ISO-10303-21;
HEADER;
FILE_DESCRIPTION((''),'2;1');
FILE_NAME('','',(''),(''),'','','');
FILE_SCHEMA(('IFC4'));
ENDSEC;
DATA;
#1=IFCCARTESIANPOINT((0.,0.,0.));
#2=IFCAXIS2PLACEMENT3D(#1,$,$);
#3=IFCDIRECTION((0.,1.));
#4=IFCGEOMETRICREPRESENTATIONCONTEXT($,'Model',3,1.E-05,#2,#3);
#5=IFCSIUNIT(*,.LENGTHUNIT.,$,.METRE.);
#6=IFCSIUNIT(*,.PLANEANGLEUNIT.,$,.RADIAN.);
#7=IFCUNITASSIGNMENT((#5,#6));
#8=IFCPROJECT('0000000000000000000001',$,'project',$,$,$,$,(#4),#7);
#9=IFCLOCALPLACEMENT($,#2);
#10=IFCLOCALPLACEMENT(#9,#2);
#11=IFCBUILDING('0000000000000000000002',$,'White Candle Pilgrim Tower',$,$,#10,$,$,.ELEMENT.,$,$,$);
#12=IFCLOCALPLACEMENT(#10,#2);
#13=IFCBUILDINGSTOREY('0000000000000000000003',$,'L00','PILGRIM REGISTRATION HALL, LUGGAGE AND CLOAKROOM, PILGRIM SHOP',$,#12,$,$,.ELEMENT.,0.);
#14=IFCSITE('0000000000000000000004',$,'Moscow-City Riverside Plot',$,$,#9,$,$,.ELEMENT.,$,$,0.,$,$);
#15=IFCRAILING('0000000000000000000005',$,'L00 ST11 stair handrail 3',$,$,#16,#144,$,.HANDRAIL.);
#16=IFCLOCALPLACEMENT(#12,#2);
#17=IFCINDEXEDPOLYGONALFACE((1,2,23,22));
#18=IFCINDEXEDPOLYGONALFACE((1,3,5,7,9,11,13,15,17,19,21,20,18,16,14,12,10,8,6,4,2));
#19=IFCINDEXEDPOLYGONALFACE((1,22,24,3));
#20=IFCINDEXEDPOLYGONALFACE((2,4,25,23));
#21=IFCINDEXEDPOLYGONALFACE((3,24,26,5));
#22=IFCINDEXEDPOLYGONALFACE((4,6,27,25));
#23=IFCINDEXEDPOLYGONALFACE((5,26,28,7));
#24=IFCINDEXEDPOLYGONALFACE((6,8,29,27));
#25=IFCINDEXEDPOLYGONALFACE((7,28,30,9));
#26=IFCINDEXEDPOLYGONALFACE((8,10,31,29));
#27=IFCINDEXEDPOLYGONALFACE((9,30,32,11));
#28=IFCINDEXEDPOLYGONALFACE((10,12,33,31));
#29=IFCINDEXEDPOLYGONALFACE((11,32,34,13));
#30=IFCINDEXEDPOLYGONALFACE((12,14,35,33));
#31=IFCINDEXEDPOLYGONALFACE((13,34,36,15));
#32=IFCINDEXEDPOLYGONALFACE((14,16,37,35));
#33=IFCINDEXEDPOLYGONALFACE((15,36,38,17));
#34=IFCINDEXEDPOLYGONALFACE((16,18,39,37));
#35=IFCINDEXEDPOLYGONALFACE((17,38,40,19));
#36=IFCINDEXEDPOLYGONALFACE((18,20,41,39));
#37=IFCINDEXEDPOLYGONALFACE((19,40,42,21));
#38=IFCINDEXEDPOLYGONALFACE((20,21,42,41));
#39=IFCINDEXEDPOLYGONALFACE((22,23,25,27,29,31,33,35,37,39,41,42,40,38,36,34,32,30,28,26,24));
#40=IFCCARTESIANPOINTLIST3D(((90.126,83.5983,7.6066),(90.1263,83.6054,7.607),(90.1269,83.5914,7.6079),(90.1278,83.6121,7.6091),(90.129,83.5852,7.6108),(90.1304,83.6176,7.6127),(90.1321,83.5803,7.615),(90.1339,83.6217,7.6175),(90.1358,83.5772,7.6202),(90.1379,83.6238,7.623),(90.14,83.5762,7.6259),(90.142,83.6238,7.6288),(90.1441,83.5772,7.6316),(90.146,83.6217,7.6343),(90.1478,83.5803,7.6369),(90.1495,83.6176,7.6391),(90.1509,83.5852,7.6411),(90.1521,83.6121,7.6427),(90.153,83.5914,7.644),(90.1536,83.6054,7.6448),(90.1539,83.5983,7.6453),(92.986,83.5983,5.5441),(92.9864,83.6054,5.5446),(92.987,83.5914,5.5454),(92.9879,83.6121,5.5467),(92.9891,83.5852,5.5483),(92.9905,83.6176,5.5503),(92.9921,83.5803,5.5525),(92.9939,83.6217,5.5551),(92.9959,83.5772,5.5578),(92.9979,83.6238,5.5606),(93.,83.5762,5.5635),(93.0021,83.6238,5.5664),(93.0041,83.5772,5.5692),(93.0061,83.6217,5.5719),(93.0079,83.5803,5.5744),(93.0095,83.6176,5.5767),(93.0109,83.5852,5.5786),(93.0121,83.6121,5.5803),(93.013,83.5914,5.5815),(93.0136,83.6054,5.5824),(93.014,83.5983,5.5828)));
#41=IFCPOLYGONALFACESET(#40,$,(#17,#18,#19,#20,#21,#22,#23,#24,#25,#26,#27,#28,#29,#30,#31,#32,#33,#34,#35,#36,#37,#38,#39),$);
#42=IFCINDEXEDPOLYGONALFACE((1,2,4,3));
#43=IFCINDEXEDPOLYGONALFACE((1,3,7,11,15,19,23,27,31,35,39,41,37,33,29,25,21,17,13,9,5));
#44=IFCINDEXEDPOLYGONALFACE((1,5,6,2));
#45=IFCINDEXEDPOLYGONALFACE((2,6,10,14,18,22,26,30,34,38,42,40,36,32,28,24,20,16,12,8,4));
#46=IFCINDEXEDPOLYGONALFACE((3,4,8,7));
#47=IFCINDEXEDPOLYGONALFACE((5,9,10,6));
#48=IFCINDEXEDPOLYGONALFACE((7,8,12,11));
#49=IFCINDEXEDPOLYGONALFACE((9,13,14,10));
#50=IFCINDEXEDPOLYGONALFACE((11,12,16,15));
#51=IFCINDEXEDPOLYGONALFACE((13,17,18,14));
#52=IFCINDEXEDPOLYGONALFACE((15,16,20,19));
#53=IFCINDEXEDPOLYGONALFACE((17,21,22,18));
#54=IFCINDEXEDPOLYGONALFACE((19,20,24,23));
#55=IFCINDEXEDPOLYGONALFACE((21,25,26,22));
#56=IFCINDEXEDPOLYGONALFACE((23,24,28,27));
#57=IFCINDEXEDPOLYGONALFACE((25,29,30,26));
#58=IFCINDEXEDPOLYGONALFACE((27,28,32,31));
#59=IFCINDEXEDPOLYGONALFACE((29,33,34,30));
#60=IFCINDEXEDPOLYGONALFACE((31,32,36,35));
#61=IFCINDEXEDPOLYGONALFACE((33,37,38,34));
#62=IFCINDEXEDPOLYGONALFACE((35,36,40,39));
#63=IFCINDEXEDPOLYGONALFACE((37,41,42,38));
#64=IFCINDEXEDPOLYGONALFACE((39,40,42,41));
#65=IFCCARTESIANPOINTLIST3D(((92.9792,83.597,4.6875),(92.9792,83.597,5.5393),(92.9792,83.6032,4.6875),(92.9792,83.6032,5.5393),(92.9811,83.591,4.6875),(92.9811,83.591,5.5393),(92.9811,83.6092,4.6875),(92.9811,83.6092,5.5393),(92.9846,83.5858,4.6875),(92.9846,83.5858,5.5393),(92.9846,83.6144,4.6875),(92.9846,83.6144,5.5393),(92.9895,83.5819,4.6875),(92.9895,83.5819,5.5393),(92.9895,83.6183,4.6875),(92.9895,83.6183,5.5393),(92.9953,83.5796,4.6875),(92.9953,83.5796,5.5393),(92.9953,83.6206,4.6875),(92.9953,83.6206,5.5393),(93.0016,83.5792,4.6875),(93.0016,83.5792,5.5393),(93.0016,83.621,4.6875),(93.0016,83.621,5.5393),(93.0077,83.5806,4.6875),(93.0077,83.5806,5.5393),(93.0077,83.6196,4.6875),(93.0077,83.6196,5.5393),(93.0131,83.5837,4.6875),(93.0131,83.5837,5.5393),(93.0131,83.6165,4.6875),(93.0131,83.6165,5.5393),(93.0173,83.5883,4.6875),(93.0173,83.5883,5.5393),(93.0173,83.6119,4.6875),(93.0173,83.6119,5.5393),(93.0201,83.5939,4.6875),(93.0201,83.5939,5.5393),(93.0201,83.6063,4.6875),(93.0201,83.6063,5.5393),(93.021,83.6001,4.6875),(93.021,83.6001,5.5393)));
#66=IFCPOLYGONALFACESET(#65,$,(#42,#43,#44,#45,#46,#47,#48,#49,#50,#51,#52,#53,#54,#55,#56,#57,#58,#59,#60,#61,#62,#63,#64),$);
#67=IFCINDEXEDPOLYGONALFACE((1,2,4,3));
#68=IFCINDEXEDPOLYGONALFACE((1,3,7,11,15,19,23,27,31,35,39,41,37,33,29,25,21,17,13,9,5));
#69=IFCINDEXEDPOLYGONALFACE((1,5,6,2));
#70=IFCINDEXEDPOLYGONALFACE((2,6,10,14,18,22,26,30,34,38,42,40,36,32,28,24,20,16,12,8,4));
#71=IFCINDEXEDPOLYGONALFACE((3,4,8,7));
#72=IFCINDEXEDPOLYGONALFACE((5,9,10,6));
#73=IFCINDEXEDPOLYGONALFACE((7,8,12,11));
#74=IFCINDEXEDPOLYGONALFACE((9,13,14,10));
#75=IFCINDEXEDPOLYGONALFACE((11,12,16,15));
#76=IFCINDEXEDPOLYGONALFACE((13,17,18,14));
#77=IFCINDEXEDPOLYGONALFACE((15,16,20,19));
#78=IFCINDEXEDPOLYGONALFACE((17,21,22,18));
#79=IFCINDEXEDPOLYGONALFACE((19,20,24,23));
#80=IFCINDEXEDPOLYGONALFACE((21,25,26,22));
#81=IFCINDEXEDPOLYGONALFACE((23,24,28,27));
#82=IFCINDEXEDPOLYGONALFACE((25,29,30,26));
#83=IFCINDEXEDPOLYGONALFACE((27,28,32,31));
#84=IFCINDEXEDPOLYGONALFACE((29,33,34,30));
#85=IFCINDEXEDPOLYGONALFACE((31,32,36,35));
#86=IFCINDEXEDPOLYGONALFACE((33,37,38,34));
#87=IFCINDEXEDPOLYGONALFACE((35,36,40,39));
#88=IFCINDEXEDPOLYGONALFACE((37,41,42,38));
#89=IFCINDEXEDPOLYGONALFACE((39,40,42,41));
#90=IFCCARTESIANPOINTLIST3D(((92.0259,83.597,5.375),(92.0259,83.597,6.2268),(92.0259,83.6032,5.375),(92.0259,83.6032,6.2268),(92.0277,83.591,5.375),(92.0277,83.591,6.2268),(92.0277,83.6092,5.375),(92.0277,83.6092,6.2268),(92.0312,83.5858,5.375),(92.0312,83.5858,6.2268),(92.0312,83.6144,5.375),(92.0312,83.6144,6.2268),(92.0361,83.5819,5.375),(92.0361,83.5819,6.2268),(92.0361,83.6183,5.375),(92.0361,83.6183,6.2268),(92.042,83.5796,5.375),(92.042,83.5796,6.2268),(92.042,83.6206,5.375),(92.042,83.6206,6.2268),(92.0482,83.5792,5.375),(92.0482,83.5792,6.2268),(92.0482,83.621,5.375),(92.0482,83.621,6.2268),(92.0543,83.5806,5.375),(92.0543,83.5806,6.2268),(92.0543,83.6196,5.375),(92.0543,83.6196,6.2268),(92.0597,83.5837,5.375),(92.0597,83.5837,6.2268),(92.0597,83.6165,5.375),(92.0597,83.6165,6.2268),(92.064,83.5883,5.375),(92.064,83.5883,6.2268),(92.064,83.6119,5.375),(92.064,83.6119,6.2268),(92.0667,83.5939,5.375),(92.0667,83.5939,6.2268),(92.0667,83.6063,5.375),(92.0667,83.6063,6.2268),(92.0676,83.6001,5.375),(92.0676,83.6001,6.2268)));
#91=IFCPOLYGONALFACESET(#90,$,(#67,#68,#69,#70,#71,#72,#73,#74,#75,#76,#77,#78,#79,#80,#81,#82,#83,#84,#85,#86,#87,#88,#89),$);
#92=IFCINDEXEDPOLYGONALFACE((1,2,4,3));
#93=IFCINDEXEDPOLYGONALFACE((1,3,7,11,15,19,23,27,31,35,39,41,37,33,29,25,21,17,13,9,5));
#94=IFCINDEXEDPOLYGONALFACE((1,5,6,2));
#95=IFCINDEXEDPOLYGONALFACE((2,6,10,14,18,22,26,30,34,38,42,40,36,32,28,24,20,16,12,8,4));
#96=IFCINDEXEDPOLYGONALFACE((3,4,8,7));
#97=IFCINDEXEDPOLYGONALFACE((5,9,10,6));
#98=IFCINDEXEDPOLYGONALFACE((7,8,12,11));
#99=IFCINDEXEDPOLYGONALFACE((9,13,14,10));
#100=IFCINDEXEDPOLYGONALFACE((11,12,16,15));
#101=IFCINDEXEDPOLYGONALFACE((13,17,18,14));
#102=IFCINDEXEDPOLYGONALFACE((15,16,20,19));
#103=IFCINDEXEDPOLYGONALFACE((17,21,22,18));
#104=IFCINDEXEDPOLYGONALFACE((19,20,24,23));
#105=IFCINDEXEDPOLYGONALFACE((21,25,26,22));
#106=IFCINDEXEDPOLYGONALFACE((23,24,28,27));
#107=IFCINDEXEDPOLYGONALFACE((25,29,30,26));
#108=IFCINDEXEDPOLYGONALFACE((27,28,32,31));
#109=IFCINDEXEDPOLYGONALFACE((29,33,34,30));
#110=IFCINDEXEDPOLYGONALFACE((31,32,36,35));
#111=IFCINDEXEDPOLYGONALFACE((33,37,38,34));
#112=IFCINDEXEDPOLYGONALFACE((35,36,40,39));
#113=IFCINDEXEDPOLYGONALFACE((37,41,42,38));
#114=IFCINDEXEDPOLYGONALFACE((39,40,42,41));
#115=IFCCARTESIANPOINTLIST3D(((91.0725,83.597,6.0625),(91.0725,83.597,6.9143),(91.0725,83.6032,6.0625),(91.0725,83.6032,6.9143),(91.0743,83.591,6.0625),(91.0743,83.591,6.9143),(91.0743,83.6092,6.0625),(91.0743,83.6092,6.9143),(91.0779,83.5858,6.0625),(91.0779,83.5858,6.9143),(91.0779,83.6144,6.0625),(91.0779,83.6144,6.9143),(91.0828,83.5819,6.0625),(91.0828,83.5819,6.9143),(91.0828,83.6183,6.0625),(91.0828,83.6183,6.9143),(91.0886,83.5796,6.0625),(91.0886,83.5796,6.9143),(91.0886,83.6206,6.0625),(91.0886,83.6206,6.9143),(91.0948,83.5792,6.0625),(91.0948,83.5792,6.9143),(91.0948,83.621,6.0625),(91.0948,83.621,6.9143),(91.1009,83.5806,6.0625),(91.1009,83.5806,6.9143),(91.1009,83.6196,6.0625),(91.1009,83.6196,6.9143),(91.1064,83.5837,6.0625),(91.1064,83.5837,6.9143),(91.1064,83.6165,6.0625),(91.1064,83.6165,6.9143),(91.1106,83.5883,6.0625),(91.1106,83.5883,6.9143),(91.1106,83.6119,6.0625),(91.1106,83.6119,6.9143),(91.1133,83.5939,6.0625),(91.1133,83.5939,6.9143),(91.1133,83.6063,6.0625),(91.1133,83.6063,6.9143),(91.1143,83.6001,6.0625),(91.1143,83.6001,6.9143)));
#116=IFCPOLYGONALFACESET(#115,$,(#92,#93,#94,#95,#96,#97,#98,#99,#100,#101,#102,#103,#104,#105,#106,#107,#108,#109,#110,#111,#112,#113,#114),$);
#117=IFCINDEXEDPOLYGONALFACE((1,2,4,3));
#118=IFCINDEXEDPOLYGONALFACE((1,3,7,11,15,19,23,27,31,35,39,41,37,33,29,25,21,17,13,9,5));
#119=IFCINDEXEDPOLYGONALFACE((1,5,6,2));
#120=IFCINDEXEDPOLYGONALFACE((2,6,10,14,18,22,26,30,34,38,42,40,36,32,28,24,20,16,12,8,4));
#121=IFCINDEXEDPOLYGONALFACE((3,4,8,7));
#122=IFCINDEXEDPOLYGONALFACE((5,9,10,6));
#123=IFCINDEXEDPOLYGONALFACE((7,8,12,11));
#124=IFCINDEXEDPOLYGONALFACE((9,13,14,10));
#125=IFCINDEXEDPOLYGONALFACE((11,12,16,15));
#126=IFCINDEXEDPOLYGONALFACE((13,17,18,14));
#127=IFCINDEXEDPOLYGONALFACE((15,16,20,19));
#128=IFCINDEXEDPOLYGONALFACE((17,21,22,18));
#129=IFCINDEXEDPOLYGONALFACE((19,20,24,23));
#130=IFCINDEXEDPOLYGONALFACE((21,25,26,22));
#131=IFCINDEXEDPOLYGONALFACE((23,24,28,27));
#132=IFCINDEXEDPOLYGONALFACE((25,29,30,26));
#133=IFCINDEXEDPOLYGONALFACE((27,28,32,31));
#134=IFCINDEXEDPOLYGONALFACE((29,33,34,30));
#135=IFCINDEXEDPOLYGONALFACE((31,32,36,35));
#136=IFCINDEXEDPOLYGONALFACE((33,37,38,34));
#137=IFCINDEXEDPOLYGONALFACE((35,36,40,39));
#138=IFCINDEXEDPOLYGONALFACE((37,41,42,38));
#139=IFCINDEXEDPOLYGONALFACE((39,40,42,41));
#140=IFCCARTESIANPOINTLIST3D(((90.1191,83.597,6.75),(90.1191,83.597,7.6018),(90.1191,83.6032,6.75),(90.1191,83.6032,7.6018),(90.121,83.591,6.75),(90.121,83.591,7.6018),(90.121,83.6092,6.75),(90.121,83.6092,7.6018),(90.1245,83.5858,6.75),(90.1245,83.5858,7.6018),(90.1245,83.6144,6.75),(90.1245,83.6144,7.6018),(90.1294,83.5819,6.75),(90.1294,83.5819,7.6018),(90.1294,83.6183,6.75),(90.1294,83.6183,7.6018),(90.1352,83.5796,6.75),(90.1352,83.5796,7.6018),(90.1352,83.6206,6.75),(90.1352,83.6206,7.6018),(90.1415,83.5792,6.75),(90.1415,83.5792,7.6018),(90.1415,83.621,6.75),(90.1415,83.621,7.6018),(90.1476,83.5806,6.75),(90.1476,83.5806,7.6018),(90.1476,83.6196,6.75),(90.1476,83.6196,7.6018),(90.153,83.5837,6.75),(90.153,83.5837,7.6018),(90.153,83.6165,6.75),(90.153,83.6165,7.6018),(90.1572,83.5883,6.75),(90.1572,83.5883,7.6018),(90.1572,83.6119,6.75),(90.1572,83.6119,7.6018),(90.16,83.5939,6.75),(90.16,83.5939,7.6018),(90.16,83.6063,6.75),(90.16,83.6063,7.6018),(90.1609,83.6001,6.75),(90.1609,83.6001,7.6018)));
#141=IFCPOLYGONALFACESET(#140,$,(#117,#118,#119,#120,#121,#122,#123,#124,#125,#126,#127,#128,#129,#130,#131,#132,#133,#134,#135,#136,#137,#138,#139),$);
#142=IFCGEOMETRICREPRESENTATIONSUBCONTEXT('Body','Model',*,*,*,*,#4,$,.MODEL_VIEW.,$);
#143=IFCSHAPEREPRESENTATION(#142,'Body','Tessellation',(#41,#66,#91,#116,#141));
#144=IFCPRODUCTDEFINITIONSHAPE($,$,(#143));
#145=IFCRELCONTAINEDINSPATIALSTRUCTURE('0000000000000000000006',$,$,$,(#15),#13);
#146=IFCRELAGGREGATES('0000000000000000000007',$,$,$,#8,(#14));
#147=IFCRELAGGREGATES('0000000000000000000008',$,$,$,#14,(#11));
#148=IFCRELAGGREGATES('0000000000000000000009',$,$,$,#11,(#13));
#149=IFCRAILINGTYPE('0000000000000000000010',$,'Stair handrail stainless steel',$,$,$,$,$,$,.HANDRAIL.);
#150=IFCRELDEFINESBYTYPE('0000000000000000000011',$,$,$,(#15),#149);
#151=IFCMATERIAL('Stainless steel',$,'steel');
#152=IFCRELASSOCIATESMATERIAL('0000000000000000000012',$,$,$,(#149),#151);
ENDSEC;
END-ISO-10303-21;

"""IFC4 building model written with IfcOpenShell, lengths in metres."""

from ifc_helpers import new_model, si_unit, direction, frame, origin, origin_2d, place, context, subcontext, project, spatial, circle, extrude, material, type_object, element, save


model = new_model("IFC4")

# Units and contexts
model_context = context("Model", 3, precision=1e-05, world=origin(), true_north=direction((0.0, 1.0)))
body_context = subcontext(model_context, "Body", "Model", "MODEL_VIEW")
ifc_project = project(units=[si_unit("LENGTHUNIT", "METRE"), si_unit("PLANEANGLEUNIT", "RADIAN")], contexts=[model_context])

# Site, building, storey
site_placement = place(None, origin())
site = spatial("IfcSite", under=ifc_project, at=site_placement, Name="Moscow-City Riverside Plot", CompositionType="ELEMENT", RefElevation=0.0)
building_placement = place(site_placement, origin())
building = spatial("IfcBuilding", under=site, at=building_placement, Name="White Candle Pilgrim Tower", CompositionType="ELEMENT")
storey_placement = place(building_placement, origin())
storey = spatial("IfcBuildingStorey", under=building, at=storey_placement, Name="L00", Description="PILGRIM REGISTRATION HALL, LUGGAGE AND CLOAKROOM, PILGRIM SHOP", CompositionType="ELEMENT", Elevation=0.0)

# Railing
ifc_material_1 = material(Name="Stainless steel", Category="steel")
railing_type_1 = type_object("IfcRailingType", Name="Stair handrail stainless steel", PredefinedType="HANDRAIL", material=ifc_material_1)
for number, where, name in (
    (1, (93.0, 83.6001, 4.6875), "L00 ST11 stair handrail 3"),
):
    element("IfcRailing", number, at=place(storey_placement, frame(where)), inside=storey, type_object=railing_type_1, Name=name, PredefinedType="HANDRAIL", context=body_context, shape_type="SweptSolid", body=[
        extrude(circle(Radius=0.0239, at=origin_2d()), frame((0.0, 0.0, 0.876), z_axis=(-0.811101, 0.0, 0.584906), x_axis=(0.0, -1.0, 0.0)), (0.0, 0.0, 1.0), 3.5261),
        extrude(circle(Radius=0.021, at=origin_2d()), origin(), (0.0, 0.0, 1.0), 0.8518),
        extrude(circle(Radius=0.021, at=origin_2d()), frame((-0.9534, 0.0, 0.6875)), (0.0, 0.0, 1.0), 0.8518),
        extrude(circle(Radius=0.021, at=origin_2d()), frame((-1.9067, 0.0, 1.375)), (0.0, 0.0, 1.0), 0.8518),
        extrude(circle(Radius=0.021, at=origin_2d()), frame((-2.8601, 0.0, 2.0625)), (0.0, 0.0, 1.0), 0.8518),
    ])

save(model, "model.ifc")
